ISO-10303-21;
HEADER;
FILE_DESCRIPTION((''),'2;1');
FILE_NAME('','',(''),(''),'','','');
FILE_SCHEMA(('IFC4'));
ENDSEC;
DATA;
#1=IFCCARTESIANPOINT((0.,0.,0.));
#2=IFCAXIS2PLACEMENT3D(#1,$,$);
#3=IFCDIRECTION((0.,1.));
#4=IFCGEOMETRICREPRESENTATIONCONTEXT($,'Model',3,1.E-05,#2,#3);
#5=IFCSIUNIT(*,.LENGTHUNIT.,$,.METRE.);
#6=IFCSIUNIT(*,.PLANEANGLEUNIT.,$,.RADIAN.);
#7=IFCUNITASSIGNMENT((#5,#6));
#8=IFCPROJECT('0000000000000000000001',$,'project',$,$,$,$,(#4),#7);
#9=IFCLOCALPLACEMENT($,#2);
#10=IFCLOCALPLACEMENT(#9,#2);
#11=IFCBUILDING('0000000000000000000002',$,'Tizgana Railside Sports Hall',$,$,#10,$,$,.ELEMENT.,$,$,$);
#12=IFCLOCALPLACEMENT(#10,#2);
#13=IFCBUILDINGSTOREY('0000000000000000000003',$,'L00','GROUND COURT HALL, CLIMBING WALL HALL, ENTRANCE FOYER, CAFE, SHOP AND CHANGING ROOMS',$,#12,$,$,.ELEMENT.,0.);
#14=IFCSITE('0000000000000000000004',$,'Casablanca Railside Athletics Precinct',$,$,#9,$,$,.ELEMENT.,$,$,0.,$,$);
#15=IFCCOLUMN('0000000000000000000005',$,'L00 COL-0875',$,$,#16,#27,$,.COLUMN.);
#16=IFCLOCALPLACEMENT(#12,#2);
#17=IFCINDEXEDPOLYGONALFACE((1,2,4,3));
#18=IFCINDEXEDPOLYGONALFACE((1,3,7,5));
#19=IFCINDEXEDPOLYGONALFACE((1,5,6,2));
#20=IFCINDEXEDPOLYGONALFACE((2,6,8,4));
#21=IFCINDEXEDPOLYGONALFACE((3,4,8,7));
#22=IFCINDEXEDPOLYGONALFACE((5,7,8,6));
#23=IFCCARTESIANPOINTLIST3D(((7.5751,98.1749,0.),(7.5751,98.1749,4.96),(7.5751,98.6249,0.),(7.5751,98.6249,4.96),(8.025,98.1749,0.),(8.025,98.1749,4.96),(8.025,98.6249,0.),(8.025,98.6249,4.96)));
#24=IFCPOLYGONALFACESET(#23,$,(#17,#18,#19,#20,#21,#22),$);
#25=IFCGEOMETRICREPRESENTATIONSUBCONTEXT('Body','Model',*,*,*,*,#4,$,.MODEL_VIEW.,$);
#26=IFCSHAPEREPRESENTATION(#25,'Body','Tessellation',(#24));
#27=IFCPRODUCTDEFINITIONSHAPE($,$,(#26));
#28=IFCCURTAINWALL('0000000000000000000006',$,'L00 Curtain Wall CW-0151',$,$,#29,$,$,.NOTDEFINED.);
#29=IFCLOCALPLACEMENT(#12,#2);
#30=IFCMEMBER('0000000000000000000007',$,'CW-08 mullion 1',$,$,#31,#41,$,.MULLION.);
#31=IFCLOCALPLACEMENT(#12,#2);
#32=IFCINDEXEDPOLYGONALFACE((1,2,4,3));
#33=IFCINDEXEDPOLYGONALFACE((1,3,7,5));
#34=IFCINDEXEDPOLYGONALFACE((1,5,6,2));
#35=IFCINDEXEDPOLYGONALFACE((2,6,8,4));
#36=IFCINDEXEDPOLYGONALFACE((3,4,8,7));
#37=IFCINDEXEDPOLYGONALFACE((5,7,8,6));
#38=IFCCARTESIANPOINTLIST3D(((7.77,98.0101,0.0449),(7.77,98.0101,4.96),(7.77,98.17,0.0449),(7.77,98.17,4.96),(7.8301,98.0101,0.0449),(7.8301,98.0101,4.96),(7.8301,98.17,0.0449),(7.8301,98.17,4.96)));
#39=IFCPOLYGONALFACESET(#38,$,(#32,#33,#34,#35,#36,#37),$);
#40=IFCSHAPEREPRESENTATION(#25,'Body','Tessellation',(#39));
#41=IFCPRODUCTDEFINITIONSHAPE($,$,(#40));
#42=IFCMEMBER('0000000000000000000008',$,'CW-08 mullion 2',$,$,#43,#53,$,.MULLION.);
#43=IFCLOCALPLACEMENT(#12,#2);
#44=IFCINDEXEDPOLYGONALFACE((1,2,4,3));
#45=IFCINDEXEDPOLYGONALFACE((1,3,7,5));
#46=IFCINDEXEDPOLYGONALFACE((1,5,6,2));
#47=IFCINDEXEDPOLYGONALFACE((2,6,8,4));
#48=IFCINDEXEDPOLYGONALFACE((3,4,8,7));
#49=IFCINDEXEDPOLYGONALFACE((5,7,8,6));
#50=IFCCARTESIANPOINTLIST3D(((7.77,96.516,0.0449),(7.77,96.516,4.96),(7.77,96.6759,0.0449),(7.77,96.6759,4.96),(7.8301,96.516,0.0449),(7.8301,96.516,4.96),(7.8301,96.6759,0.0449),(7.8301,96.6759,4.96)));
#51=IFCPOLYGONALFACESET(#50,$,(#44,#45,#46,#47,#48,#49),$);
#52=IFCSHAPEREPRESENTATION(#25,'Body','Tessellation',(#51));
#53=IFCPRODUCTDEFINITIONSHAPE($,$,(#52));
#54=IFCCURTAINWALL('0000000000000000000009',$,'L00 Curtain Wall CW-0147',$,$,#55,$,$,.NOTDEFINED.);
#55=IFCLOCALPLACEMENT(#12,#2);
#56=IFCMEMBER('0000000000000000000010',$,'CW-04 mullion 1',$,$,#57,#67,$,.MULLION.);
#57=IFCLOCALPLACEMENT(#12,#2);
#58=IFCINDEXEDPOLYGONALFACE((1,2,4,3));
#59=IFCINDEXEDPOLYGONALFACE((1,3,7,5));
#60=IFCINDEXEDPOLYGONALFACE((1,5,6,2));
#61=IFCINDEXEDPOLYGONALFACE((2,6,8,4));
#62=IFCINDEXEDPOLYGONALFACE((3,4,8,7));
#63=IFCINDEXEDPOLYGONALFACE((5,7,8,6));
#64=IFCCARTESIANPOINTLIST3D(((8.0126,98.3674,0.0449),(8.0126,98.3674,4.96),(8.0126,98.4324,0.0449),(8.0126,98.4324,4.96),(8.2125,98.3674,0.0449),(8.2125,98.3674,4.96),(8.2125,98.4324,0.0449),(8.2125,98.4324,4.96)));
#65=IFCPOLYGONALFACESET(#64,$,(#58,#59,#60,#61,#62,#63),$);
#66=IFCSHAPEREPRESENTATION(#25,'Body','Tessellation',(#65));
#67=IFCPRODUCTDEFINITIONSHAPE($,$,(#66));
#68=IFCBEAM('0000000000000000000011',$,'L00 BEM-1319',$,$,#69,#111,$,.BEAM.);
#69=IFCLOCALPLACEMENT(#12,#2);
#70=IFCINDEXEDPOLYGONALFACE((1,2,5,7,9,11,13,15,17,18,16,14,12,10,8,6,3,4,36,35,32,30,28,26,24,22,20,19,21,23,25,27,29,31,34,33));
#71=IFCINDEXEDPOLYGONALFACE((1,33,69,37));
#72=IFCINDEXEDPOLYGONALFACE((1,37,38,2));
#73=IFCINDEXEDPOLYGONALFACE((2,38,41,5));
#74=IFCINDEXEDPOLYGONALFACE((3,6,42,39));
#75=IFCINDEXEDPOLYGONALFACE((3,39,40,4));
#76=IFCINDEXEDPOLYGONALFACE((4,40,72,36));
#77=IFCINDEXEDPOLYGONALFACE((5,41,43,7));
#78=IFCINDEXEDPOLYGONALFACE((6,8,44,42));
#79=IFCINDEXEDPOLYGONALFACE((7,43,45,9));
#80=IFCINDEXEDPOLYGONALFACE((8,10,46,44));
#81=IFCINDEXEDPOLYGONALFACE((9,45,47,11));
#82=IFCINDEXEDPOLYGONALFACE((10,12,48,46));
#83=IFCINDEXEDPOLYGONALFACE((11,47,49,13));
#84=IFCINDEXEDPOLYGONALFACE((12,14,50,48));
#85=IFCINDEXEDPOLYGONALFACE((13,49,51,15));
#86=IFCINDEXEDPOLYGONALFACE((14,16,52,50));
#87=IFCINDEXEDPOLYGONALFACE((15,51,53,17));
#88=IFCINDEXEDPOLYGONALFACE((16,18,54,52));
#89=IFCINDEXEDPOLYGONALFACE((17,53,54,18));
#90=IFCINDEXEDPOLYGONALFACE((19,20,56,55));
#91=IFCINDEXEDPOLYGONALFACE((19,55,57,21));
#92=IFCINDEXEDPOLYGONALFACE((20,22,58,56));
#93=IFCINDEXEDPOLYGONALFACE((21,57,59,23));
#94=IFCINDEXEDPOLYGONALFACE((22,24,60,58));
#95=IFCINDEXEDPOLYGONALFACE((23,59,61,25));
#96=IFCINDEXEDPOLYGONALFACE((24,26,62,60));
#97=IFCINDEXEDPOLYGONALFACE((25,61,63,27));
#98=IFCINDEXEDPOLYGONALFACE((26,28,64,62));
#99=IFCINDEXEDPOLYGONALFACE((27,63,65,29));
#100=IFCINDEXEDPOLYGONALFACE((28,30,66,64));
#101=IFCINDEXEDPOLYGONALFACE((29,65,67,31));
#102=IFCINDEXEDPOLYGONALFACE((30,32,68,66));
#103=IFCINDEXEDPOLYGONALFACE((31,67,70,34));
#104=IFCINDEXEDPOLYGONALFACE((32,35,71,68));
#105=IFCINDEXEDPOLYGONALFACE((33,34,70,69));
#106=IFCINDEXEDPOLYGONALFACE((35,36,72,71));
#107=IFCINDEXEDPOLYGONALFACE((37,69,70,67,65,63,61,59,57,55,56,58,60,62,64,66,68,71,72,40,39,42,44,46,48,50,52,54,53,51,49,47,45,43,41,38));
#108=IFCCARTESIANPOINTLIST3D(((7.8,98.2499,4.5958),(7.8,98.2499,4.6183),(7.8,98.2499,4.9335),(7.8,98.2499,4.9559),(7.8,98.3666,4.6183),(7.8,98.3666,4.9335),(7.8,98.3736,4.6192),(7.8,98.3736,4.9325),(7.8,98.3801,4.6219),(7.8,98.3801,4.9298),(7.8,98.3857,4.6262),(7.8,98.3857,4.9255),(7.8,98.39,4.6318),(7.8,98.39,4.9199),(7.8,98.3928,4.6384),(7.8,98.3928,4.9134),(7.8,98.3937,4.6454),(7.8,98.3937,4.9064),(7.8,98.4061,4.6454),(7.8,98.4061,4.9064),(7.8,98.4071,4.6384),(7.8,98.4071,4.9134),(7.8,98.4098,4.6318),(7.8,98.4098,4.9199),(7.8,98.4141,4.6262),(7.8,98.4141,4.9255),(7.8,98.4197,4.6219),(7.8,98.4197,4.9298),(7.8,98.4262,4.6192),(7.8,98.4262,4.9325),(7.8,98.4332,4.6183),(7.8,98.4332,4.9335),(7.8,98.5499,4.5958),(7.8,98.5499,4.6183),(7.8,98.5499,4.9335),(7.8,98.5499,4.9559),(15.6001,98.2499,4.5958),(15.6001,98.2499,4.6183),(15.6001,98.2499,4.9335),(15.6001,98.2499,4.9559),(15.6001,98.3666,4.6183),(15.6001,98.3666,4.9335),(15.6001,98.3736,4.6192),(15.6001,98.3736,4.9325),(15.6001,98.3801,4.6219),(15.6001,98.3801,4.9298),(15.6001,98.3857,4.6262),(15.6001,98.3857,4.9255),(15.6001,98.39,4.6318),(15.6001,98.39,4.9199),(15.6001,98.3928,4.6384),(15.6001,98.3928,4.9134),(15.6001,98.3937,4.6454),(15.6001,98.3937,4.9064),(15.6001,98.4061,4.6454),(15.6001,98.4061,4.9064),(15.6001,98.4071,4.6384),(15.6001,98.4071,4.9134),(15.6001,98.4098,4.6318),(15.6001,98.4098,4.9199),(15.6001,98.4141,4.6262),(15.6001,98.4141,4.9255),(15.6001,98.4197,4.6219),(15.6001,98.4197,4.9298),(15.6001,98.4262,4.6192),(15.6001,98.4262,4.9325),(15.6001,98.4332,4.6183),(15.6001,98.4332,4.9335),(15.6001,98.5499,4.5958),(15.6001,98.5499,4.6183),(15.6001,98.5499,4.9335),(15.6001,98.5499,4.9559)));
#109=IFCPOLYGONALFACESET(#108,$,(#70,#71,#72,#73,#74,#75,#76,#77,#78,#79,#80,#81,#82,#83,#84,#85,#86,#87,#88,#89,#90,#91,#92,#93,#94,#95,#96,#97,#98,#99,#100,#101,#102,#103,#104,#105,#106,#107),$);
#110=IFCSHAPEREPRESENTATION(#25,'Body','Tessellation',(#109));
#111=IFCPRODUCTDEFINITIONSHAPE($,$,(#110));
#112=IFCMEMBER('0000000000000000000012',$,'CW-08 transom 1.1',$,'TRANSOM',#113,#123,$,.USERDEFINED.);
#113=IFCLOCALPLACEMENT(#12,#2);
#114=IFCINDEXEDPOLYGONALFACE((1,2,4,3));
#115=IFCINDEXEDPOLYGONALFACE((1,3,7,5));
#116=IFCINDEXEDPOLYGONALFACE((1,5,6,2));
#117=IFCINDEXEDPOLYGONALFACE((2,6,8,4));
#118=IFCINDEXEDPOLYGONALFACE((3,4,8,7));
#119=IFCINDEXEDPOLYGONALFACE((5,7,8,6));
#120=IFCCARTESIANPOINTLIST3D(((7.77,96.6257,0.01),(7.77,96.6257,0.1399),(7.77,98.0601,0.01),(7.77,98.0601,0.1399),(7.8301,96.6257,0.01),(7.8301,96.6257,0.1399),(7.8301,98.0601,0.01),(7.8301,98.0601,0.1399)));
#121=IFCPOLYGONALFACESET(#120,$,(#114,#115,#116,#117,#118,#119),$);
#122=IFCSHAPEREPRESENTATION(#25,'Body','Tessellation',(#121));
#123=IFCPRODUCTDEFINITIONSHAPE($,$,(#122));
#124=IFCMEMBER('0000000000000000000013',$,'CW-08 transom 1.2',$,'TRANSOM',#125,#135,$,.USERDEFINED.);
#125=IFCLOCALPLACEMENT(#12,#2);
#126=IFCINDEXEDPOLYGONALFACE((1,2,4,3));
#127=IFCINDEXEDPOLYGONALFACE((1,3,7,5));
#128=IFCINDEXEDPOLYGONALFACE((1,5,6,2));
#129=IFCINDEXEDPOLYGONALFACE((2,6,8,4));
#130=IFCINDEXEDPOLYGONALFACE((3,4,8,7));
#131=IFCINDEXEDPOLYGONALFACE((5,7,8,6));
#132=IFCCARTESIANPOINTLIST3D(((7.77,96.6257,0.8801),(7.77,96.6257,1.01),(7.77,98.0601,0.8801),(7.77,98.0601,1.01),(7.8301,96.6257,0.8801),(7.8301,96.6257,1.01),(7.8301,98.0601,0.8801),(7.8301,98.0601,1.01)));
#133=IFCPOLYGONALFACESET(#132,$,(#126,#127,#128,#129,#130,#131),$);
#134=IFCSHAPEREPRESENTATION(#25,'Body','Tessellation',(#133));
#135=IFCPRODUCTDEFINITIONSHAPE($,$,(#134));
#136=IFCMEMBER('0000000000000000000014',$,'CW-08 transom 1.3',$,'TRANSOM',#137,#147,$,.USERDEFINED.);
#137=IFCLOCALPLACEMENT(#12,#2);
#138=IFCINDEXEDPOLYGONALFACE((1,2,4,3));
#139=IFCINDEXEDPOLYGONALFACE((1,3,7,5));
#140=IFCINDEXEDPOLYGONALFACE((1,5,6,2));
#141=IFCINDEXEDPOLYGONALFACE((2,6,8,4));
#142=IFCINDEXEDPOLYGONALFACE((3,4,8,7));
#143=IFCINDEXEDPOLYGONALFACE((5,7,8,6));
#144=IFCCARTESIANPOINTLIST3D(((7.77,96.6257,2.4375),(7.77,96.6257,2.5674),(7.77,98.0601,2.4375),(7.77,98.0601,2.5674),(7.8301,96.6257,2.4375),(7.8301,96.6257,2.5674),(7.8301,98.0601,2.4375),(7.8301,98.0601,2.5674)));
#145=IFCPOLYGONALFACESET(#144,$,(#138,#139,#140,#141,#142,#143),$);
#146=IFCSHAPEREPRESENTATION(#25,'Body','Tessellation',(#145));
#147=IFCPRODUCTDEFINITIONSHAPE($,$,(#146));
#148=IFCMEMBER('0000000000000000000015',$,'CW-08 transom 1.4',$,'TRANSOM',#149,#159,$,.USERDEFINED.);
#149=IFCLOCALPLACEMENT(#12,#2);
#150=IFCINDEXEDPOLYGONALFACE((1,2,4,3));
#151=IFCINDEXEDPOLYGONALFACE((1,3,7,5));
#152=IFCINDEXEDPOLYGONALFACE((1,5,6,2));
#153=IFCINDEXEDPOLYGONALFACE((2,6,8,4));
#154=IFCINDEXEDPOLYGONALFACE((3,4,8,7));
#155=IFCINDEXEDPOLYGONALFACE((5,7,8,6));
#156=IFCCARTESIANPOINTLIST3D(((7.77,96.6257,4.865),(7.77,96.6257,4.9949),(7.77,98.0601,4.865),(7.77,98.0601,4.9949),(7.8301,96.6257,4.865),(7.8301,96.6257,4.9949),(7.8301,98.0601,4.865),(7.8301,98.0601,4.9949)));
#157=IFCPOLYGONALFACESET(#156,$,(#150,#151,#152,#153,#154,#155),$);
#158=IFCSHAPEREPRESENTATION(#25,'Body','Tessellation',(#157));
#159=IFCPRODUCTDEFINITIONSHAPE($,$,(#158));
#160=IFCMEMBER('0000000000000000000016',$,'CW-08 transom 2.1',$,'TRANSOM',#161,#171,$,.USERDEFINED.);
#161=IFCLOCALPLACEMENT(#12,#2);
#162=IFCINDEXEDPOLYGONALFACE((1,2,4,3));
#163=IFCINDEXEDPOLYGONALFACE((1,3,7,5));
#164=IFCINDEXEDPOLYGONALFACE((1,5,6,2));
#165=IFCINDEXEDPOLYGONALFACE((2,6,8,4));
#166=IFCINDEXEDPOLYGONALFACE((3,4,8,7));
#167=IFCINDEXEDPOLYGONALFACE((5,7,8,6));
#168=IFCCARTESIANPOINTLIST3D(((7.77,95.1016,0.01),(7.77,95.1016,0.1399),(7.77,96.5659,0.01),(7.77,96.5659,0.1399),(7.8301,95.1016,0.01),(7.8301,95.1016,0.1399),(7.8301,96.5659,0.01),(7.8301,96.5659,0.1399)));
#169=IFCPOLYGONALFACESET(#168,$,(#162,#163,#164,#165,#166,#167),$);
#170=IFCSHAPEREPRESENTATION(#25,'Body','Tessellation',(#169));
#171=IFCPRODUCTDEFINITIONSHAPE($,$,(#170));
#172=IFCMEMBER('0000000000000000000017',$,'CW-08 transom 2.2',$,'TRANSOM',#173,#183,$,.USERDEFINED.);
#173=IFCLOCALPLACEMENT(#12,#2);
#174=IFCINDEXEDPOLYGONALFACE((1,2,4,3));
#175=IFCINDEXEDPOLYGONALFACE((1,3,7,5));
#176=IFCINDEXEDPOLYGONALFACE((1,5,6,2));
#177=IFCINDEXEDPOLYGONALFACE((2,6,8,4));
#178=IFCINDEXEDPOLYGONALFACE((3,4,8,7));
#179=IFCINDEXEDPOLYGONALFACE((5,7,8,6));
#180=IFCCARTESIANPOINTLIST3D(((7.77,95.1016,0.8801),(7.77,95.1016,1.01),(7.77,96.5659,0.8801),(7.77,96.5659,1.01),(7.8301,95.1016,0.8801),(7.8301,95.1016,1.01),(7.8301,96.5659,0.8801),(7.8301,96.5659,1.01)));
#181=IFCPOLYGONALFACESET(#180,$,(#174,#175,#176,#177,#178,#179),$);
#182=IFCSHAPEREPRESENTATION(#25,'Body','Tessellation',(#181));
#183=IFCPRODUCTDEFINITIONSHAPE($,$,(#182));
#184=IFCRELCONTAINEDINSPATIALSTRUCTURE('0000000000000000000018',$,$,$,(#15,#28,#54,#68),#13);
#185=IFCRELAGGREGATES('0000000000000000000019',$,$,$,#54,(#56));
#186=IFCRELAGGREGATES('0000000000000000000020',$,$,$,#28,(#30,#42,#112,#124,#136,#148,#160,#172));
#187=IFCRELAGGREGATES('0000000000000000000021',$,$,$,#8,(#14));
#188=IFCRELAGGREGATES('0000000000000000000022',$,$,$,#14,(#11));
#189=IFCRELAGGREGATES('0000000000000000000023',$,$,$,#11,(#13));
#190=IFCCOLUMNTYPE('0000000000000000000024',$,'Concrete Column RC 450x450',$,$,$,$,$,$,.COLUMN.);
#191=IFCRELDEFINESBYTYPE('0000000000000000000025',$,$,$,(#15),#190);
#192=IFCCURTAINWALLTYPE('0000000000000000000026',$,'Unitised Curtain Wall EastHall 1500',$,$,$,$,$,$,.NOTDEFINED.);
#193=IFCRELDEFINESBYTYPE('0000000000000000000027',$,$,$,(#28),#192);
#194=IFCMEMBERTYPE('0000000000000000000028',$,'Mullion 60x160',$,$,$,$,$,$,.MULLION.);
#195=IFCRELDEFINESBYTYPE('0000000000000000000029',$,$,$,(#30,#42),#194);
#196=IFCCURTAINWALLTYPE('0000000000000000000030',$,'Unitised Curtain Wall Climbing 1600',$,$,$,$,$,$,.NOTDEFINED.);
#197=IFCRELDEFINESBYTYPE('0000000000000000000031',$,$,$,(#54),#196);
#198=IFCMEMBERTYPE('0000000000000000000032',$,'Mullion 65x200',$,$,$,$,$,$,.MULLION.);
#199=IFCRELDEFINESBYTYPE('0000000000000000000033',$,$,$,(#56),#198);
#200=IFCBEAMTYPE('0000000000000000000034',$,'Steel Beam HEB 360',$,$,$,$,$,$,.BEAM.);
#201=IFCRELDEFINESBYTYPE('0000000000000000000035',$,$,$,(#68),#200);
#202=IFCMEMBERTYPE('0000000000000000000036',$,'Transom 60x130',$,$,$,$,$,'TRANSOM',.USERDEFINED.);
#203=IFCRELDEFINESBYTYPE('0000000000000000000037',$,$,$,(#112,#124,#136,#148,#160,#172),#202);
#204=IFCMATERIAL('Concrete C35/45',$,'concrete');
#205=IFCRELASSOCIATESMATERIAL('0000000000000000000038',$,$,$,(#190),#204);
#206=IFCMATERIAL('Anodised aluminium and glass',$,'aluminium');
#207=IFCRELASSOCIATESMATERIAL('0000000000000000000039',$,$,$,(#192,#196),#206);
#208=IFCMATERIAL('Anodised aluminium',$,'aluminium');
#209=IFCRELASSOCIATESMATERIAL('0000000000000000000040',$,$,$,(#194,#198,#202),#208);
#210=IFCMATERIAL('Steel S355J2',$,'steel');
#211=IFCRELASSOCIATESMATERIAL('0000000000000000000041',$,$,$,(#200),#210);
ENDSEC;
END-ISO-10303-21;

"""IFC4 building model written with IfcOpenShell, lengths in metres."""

from ifc_helpers import new_model, si_unit, direction, frame, origin, origin_2d, place, context, subcontext, project, spatial, rectangle, i_section, extrude, material, material_profile, profile_set, type_object, element, aggregate, save


model = new_model("IFC4")

# Units and contexts
model_context = context("Model", 3, precision=1e-05, world=origin(), true_north=direction((0.0, 1.0)))
body_context = subcontext(model_context, "Body", "Model", "MODEL_VIEW")
ifc_project = project(units=[si_unit("LENGTHUNIT", "METRE"), si_unit("PLANEANGLEUNIT", "RADIAN")], contexts=[model_context])

# Site, building, storey
site_placement = place(None, origin())
site = spatial("IfcSite", under=ifc_project, at=site_placement, Name="Casablanca Railside Athletics Precinct", CompositionType="ELEMENT", RefElevation=0.0)
building_placement = place(site_placement, origin())
building = spatial("IfcBuilding", under=site, at=building_placement, Name="Tizgana Railside Sports Hall", CompositionType="ELEMENT")
storey_placement = place(building_placement, origin())
storey = spatial("IfcBuildingStorey", under=building, at=storey_placement, Name="L00", Description="GROUND COURT HALL, CLIMBING WALL HALL, ENTRANCE FOYER, CAFE, SHOP AND CHANGING ROOMS", CompositionType="ELEMENT", Elevation=0.0)

# Column
ifc_material_1 = material(Name="Concrete C35/45", Category="concrete")
ifc_material_profile_1 = material_profile(ifc_material_1, rectangle(XDim=0.45, YDim=0.45, at=origin_2d()), Name="RC 450x450")
ifc_profile_set_1 = profile_set([ifc_material_profile_1], Name="Concrete C35/45")
column_type = type_object("IfcColumnType", Name="Concrete Column RC 450x450", PredefinedType="COLUMN", material=ifc_profile_set_1)
column_placement = place(storey_placement, frame((7.8, 98.3999, 0.0), z_axis=(0.0, 0.0, 1.0), x_axis=(1.0, 0.0, 0.0)))
element("IfcColumn", 1, at=column_placement, inside=storey, type_object=column_type, Name="L00 COL-0875", PredefinedType="COLUMN", context=body_context, shape_type="SweptSolid", body=[
    extrude(rectangle(XDim=0.45, YDim=0.45, at=origin_2d()), origin(), (0.0, 0.0, 1.0), 4.96),
])

# Curtain wall, members
ifc_material_2 = material(Name="Anodised aluminium and glass", Category="aluminium")
curtain_wall_type_1 = type_object("IfcCurtainWallType", Name="Unitised Curtain Wall EastHall 1500", PredefinedType="NOTDEFINED", material=ifc_material_2)
curtain_wall_1_placement = place(storey_placement, origin())
curtain_wall_1 = element("IfcCurtainWall", 2, at=curtain_wall_1_placement, inside=storey, type_object=curtain_wall_type_1, Name="L00 Curtain Wall CW-0151", PredefinedType="NOTDEFINED")
ifc_material_3 = material(Name="Anodised aluminium", Category="aluminium")
ifc_material_profile_2 = material_profile(ifc_material_3, rectangle(XDim=0.0601, YDim=0.1599, at=origin_2d()), Name="Mullion 60x160")
ifc_profile_set_2 = profile_set([ifc_material_profile_2], Name="Anodised aluminium")
member_type_1 = type_object("IfcMemberType", Name="Mullion 60x160", PredefinedType="MULLION", material=ifc_profile_set_2)
member_1_placement = place(storey_placement, frame((7.8, 98.0901, 0.0449), z_axis=(0.0, 0.0, 1.0), x_axis=(1.0, 0.0, 0.0)))
member_1 = element("IfcMember", 3, at=member_1_placement, type_object=member_type_1, Name="CW-08 mullion 1", PredefinedType="MULLION", context=body_context, shape_type="SweptSolid", body=[
    extrude(rectangle(XDim=0.0601, YDim=0.1599, at=origin_2d()), origin(), (0.0, 0.0, 1.0), 4.915),
])
member_2_placement = place(storey_placement, frame((7.8, 96.5959, 0.0449), z_axis=(0.0, 0.0, 1.0), x_axis=(1.0, 0.0, 0.0)))
member_2 = element("IfcMember", 4, at=member_2_placement, type_object=member_type_1, Name="CW-08 mullion 2", PredefinedType="MULLION", context=body_context, shape_type="SweptSolid", body=[
    extrude(rectangle(XDim=0.0601, YDim=0.1599, at=origin_2d()), origin(), (0.0, 0.0, 1.0), 4.915),
])

# Curtain wall, member
curtain_wall_type_2 = type_object("IfcCurtainWallType", Name="Unitised Curtain Wall Climbing 1600", PredefinedType="NOTDEFINED", material=ifc_material_2)
curtain_wall_2_placement = place(storey_placement, origin())
curtain_wall_2 = element("IfcCurtainWall", 5, at=curtain_wall_2_placement, inside=storey, type_object=curtain_wall_type_2, Name="L00 Curtain Wall CW-0147", PredefinedType="NOTDEFINED")
ifc_material_profile_3 = material_profile(ifc_material_3, rectangle(XDim=0.0649, YDim=0.2, at=origin_2d()), Name="Mullion 65x200")
ifc_profile_set_3 = profile_set([ifc_material_profile_3], Name="Anodised aluminium")
member_type_2 = type_object("IfcMemberType", Name="Mullion 65x200", PredefinedType="MULLION", material=ifc_profile_set_3)
member_3_placement = place(storey_placement, frame((8.1125, 98.3999, 0.0449), z_axis=(0.0, 0.0, 1.0), x_axis=(0.0, 1.0, 0.0)))
member_3 = element("IfcMember", 6, at=member_3_placement, type_object=member_type_2, Name="CW-04 mullion 1", PredefinedType="MULLION", context=body_context, shape_type="SweptSolid", body=[
    extrude(rectangle(XDim=0.0649, YDim=0.2, at=origin_2d()), origin(), (0.0, 0.0, 1.0), 4.915),
])

# Beam
ifc_material_4 = material(Name="Steel S355J2", Category="steel")
ifc_material_profile_4 = material_profile(ifc_material_4, i_section(OverallWidth=0.3, OverallDepth=0.3601, WebThickness=0.0125, FlangeThickness=0.0225, FilletRadius=0.0271, at=origin_2d()), Name="HEB 360")
ifc_profile_set_4 = profile_set([ifc_material_profile_4], Name="Steel S355J2")
beam_type = type_object("IfcBeamType", Name="Steel Beam HEB 360", PredefinedType="BEAM", material=ifc_profile_set_4)
beam_placement = place(storey_placement, frame((7.8, 98.3999, 4.7759), z_axis=(1.0, 0.0, 0.0), x_axis=(0.0, 1.0, 0.0)))
element("IfcBeam", 7, at=beam_placement, inside=storey, type_object=beam_type, Name="L00 BEM-1319", PredefinedType="BEAM", context=body_context, shape_type="SweptSolid", body=[
    extrude(i_section(OverallWidth=0.3, OverallDepth=0.3601, WebThickness=0.0125, FlangeThickness=0.0225, FilletRadius=0.0271, at=origin_2d()), origin(), (0.0, 0.0, 1.0), 7.8),
])

# Members
ifc_material_profile_5 = material_profile(ifc_material_3, rectangle(XDim=0.0601, YDim=0.1299, at=origin_2d()), Name="Transom 60x130")
ifc_profile_set_5 = profile_set([ifc_material_profile_5], Name="Anodised aluminium")
member_type_3 = type_object("IfcMemberType", Name="Transom 60x130", ElementType="TRANSOM", PredefinedType="USERDEFINED", material=ifc_profile_set_5)
member_4_placement = place(storey_placement, frame((7.8, 98.0601, 0.075), z_axis=(0.0, -1.0, 0.0), x_axis=(1.0, 0.0, 0.0)))
member_4 = element("IfcMember", 8, at=member_4_placement, type_object=member_type_3, Name="CW-08 transom 1.1", ObjectType="TRANSOM", PredefinedType="USERDEFINED", context=body_context, shape_type="SweptSolid", body=[
    extrude(rectangle(XDim=0.0601, YDim=0.1299, at=origin_2d()), origin(), (0.0, 0.0, 1.0), 1.4343),
])
member_5_placement = place(storey_placement, frame((7.8, 98.0601, 0.9451), z_axis=(0.0, -1.0, 0.0), x_axis=(1.0, 0.0, 0.0)))
member_5 = element("IfcMember", 9, at=member_5_placement, type_object=member_type_3, Name="CW-08 transom 1.2", ObjectType="TRANSOM", PredefinedType="USERDEFINED", context=body_context, shape_type="SweptSolid", body=[
    extrude(rectangle(XDim=0.0601, YDim=0.1299, at=origin_2d()), origin(), (0.0, 0.0, 1.0), 1.4343),
])
member_6_placement = place(storey_placement, frame((7.8, 98.0601, 2.5024), z_axis=(0.0, -1.0, 0.0), x_axis=(1.0, 0.0, 0.0)))
member_6 = element("IfcMember", 10, at=member_6_placement, type_object=member_type_3, Name="CW-08 transom 1.3", ObjectType="TRANSOM", PredefinedType="USERDEFINED", context=body_context, shape_type="SweptSolid", body=[
    extrude(rectangle(XDim=0.0601, YDim=0.1299, at=origin_2d()), origin(), (0.0, 0.0, 1.0), 1.4343),
])
member_7_placement = place(storey_placement, frame((7.8, 98.0601, 4.9299), z_axis=(0.0, -1.0, 0.0), x_axis=(1.0, 0.0, 0.0)))
member_7 = element("IfcMember", 11, at=member_7_placement, type_object=member_type_3, Name="CW-08 transom 1.4", ObjectType="TRANSOM", PredefinedType="USERDEFINED", context=body_context, shape_type="SweptSolid", body=[
    extrude(rectangle(XDim=0.0601, YDim=0.1299, at=origin_2d()), origin(), (0.0, 0.0, 1.0), 1.4343),
])
member_8_placement = place(storey_placement, frame((7.8, 96.5659, 0.075), z_axis=(0.0, -1.0, 0.0), x_axis=(1.0, 0.0, 0.0)))
member_8 = element("IfcMember", 12, at=member_8_placement, type_object=member_type_3, Name="CW-08 transom 2.1", ObjectType="TRANSOM", PredefinedType="USERDEFINED", context=body_context, shape_type="SweptSolid", body=[
    extrude(rectangle(XDim=0.0601, YDim=0.1299, at=origin_2d()), origin(), (0.0, 0.0, 1.0), 1.4644),
])
member_9_placement = place(storey_placement, frame((7.8, 96.5659, 0.9451), z_axis=(0.0, -1.0, 0.0), x_axis=(1.0, 0.0, 0.0)))
member_9 = element("IfcMember", 13, at=member_9_placement, type_object=member_type_3, Name="CW-08 transom 2.2", ObjectType="TRANSOM", PredefinedType="USERDEFINED", context=body_context, shape_type="SweptSolid", body=[
    extrude(rectangle(XDim=0.0601, YDim=0.1299, at=origin_2d()), origin(), (0.0, 0.0, 1.0), 1.4644),
])

aggregate(curtain_wall_2, [member_3])
aggregate(curtain_wall_1, [member_1, member_2, member_4, member_5, member_6, member_7, member_8, member_9])

save(model, "model.ifc")
